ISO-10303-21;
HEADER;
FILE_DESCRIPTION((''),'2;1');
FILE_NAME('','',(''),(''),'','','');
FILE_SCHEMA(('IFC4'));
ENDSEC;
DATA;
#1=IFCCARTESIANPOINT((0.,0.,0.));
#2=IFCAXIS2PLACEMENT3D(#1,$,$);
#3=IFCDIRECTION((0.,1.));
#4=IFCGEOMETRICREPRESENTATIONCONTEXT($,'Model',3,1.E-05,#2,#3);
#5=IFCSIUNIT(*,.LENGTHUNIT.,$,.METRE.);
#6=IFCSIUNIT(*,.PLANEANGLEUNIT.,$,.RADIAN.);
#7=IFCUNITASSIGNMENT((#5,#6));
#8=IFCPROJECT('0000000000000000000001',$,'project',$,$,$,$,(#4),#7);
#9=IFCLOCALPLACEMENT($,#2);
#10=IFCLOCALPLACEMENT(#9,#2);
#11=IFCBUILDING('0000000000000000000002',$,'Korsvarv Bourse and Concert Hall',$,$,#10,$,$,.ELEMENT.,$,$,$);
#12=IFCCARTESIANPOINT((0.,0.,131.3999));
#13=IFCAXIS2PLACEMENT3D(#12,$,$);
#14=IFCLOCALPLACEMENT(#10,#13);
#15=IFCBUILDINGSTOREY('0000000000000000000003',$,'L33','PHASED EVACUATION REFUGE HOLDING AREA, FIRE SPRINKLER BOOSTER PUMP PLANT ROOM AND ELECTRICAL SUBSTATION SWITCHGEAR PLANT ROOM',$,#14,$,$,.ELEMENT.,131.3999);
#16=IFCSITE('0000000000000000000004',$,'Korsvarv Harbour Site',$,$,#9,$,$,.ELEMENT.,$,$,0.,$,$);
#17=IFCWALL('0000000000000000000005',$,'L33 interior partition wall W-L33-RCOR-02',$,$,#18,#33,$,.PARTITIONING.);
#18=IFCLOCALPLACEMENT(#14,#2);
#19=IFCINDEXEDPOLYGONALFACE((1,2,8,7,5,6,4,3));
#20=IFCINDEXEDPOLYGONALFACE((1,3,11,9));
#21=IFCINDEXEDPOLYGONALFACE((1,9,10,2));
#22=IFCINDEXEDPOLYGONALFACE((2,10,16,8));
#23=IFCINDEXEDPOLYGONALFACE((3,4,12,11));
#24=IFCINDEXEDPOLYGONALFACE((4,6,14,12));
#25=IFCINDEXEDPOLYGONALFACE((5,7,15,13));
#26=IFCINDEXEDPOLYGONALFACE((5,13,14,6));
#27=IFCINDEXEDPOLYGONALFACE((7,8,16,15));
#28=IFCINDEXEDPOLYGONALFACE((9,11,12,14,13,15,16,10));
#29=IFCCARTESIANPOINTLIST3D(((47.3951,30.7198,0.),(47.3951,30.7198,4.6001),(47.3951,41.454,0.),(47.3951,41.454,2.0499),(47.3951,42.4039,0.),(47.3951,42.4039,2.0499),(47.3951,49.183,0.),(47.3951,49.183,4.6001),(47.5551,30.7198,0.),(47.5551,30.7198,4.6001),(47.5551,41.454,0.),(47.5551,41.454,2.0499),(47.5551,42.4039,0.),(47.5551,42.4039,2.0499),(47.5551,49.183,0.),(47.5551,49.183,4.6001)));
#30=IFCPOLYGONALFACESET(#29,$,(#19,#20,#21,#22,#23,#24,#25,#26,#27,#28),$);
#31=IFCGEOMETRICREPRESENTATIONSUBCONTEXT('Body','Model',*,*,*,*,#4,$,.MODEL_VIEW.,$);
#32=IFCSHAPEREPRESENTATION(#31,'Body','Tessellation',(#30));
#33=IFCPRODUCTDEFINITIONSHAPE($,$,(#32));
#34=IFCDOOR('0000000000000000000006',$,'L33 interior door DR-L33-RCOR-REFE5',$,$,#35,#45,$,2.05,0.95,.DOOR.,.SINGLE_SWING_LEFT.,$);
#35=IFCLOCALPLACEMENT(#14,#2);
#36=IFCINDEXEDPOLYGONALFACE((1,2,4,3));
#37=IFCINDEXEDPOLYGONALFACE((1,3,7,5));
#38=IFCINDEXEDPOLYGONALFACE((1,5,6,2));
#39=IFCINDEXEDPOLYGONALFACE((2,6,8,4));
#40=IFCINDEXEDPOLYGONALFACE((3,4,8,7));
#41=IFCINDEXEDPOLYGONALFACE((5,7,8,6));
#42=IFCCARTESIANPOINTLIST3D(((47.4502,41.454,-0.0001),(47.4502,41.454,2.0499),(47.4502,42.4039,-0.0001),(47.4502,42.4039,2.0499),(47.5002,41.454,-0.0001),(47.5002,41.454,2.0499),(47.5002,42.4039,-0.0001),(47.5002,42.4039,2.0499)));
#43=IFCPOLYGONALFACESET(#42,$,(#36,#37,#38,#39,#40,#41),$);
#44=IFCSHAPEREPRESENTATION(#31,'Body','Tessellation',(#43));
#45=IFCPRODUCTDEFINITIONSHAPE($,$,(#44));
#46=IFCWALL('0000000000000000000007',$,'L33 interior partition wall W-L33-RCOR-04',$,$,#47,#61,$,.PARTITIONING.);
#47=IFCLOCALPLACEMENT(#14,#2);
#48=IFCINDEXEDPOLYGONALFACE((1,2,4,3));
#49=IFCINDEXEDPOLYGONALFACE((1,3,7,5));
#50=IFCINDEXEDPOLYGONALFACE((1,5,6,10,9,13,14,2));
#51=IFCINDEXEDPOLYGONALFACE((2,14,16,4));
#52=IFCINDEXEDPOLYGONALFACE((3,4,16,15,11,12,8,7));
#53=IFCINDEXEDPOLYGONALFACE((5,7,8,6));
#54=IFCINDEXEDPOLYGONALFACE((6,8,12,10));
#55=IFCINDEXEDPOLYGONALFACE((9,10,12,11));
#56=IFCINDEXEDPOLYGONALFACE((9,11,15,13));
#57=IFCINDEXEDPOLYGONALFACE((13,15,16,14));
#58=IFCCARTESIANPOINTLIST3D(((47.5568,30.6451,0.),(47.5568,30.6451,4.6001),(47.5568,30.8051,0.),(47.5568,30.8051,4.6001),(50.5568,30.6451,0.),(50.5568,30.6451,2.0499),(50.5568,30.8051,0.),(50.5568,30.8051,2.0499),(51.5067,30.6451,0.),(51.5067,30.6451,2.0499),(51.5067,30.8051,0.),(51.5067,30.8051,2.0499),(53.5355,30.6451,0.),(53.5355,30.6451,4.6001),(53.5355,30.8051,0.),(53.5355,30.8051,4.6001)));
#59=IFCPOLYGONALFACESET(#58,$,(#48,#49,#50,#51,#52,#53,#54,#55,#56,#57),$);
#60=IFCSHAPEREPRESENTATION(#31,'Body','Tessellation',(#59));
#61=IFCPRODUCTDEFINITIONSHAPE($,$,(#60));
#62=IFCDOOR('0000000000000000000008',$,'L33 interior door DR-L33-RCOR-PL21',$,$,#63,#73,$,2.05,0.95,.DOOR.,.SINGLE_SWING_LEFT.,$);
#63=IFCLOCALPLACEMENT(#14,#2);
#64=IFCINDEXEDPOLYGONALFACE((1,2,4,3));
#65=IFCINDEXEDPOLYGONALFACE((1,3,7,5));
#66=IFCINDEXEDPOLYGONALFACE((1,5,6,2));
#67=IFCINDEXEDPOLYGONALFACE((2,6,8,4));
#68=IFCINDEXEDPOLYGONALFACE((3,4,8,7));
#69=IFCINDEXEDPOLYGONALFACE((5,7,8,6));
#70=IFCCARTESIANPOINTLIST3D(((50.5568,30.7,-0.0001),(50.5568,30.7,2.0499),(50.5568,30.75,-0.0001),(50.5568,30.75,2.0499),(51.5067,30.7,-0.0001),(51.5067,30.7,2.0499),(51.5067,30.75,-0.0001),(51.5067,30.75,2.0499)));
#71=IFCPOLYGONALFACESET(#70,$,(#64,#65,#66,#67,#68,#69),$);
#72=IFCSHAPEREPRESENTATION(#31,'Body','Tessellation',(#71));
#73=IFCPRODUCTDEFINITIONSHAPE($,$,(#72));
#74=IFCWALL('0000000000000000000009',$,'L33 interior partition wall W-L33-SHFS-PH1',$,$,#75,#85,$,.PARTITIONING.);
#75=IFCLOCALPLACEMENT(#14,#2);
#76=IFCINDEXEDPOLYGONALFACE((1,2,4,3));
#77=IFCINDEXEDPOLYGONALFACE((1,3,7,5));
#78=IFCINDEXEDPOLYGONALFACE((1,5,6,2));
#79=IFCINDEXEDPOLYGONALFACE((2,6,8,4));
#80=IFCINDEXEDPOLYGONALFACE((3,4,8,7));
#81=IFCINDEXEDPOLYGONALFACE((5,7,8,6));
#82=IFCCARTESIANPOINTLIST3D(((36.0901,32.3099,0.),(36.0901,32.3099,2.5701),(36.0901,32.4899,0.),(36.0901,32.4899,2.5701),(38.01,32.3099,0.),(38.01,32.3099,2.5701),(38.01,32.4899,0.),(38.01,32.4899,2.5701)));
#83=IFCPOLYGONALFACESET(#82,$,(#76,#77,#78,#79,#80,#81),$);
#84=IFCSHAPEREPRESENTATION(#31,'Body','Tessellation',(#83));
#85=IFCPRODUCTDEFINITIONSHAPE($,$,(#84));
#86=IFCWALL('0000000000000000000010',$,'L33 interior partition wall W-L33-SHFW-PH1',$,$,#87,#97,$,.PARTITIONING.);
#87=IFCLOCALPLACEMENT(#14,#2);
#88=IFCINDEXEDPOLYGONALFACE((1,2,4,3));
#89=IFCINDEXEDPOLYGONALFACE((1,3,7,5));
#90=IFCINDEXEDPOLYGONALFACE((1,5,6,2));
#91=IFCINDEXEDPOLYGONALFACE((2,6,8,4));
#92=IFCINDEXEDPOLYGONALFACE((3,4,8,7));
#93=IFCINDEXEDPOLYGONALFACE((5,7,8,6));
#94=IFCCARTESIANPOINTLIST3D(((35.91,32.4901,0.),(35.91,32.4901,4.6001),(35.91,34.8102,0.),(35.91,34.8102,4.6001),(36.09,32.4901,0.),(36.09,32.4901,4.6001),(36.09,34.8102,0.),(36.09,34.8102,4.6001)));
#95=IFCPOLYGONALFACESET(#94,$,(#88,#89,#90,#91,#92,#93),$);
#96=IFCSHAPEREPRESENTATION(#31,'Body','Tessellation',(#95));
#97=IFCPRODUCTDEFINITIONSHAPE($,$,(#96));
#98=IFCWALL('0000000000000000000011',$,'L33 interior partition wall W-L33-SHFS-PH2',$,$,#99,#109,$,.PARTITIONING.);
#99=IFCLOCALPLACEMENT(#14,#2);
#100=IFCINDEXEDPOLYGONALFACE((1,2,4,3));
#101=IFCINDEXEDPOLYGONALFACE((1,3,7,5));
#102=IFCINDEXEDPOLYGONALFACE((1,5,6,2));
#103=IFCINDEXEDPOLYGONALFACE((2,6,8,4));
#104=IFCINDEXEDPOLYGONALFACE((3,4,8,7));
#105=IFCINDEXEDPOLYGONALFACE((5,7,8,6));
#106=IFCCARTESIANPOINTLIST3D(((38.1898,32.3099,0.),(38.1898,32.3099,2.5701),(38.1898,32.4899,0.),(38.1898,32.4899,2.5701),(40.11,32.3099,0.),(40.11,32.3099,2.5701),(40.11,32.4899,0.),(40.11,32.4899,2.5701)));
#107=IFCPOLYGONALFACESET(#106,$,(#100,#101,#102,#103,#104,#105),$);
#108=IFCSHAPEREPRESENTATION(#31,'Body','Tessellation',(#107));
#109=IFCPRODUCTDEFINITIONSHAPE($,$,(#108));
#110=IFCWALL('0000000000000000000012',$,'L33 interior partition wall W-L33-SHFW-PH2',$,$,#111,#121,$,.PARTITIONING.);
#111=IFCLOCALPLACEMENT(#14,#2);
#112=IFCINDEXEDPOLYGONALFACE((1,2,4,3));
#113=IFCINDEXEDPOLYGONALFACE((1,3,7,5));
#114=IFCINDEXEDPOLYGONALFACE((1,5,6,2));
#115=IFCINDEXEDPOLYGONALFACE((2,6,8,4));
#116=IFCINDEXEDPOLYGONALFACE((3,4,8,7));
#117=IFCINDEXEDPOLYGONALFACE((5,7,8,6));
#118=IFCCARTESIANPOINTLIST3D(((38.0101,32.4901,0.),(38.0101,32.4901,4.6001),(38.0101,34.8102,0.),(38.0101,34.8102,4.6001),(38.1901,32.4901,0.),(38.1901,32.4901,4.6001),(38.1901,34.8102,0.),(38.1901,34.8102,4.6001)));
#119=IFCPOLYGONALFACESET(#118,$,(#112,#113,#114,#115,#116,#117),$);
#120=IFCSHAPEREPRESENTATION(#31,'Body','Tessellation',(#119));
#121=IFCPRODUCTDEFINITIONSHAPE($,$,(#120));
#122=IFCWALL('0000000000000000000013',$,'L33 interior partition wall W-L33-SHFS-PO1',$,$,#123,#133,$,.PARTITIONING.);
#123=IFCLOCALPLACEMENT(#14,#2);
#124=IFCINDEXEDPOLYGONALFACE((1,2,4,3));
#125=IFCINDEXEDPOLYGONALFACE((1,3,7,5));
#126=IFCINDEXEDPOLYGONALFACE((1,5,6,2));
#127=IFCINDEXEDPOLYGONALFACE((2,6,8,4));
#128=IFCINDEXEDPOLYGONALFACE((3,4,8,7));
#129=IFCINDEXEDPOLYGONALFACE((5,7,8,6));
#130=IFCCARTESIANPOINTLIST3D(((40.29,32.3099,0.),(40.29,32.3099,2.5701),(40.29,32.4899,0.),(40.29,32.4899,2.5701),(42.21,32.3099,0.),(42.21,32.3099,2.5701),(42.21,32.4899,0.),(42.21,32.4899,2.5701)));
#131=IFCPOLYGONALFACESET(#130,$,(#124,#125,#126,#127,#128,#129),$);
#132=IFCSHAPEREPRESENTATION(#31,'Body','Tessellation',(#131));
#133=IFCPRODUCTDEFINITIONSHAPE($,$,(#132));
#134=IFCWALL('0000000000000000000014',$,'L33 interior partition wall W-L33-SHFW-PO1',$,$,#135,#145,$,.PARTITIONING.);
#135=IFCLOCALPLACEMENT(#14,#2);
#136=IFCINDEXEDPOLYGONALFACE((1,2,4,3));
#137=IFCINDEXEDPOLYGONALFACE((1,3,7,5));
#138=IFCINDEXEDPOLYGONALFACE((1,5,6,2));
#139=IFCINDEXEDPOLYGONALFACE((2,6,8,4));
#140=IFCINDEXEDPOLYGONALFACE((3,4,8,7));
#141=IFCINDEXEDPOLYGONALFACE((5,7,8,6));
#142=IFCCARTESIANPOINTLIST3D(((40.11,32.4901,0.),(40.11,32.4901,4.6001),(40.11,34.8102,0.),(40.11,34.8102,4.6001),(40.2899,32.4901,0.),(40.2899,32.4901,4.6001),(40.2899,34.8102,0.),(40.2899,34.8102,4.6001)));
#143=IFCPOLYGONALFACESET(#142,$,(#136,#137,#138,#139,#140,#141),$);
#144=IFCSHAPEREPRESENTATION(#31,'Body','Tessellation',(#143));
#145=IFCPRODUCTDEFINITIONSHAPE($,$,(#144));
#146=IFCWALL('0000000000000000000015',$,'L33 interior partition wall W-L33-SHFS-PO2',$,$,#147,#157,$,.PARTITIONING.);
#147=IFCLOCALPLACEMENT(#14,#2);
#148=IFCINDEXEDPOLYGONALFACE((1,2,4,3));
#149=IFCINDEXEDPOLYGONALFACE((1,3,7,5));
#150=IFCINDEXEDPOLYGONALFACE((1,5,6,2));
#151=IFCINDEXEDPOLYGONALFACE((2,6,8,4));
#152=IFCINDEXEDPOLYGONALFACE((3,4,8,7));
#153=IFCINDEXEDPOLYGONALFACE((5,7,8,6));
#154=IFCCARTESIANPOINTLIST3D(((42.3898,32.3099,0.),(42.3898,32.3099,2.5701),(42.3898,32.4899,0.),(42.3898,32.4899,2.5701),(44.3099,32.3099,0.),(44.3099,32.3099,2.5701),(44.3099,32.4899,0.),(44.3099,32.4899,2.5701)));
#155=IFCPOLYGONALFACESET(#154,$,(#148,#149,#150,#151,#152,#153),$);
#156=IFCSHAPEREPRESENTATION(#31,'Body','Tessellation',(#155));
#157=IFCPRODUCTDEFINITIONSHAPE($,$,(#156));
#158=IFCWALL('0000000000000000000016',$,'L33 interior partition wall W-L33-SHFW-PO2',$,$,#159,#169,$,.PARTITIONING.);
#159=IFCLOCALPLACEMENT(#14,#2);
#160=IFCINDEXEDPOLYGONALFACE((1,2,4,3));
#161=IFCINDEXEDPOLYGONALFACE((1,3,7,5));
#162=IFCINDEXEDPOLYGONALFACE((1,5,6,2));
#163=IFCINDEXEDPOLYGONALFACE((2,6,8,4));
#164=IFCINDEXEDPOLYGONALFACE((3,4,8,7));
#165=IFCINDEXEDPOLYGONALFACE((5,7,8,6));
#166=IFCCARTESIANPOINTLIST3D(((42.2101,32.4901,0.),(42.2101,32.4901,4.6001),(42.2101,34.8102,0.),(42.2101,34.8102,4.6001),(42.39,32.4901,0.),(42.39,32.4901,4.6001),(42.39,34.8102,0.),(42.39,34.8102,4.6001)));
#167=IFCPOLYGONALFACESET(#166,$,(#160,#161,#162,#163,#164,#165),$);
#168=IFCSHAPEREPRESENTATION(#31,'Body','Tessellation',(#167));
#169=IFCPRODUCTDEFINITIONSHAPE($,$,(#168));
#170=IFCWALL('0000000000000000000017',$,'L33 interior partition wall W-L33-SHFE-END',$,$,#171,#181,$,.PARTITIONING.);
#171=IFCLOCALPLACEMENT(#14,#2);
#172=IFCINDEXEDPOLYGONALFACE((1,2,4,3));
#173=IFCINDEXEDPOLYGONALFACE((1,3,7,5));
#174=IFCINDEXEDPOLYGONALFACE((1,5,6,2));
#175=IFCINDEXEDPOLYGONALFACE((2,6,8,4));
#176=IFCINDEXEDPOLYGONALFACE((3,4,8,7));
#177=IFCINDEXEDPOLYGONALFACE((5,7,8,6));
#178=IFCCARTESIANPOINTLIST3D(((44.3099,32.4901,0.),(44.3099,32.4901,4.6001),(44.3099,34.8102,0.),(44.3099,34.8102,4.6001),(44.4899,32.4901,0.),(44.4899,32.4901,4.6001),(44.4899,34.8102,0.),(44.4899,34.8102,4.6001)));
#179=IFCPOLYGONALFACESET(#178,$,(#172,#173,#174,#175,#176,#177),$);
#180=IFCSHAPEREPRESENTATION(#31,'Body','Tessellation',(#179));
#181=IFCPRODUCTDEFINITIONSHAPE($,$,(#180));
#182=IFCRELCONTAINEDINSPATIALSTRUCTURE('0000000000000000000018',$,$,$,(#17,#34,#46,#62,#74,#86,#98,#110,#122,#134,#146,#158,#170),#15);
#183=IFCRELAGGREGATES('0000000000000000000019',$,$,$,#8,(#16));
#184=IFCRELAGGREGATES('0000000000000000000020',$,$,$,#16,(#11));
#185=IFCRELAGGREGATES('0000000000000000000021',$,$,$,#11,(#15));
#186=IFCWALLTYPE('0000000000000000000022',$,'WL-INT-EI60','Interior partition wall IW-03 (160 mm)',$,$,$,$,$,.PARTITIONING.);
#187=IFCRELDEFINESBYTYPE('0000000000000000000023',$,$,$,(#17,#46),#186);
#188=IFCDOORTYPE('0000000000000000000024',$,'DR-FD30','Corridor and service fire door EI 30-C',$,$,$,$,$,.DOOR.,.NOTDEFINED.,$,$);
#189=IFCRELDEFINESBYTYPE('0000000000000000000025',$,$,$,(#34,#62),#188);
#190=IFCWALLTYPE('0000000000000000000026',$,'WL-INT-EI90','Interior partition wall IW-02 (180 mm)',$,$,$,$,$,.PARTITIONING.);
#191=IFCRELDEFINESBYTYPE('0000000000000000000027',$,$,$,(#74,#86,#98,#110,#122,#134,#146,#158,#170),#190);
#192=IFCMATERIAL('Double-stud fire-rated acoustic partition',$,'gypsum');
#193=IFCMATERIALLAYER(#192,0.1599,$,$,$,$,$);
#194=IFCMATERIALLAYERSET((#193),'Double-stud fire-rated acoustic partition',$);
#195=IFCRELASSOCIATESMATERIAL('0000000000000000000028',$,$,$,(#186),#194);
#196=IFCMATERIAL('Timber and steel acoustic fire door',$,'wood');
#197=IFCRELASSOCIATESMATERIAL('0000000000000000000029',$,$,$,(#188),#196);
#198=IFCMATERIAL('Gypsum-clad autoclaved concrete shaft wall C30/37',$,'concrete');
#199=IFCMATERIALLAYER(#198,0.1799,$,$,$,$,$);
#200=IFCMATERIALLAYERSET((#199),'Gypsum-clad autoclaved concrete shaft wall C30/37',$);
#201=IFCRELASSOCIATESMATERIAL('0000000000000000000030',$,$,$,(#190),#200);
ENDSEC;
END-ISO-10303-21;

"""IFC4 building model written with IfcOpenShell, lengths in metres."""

from ifc_helpers import new_model, si_unit, direction, frame, frame_2d, origin, place, context, subcontext, project, spatial, rectangle, extrude, material, layer, layer_set, type_object, element, fill, save


model = new_model("IFC4")

# Units and contexts
model_context = context("Model", 3, precision=1e-05, world=origin(), true_north=direction((0.0, 1.0)))
body_context = subcontext(model_context, "Body", "Model", "MODEL_VIEW")
ifc_project = project(units=[si_unit("LENGTHUNIT", "METRE"), si_unit("PLANEANGLEUNIT", "RADIAN")], contexts=[model_context])

# Site, building, storey
site_placement = place(None, origin())
site = spatial("IfcSite", under=ifc_project, at=site_placement, Name="Korsvarv Harbour Site", CompositionType="ELEMENT", RefElevation=0.0)
building_placement = place(site_placement, origin())
building = spatial("IfcBuilding", under=site, at=building_placement, Name="Korsvarv Bourse and Concert Hall", CompositionType="ELEMENT")
storey_placement = place(building_placement, frame((0.0, 0.0, 131.3999)))
storey = spatial("IfcBuildingStorey", under=building, at=storey_placement, Name="L33", Description="PHASED EVACUATION REFUGE HOLDING AREA, FIRE SPRINKLER BOOSTER PUMP PLANT ROOM AND ELECTRICAL SUBSTATION SWITCHGEAR PLANT ROOM", CompositionType="ELEMENT", Elevation=131.3999)

# Walls, openings, doors
ifc_material_1 = material(Name="Double-stud fire-rated acoustic partition", Category="gypsum")
ifc_layer_1 = layer(ifc_material_1, 0.1599)
ifc_layer_set_1 = layer_set([ifc_layer_1], Name="Double-stud fire-rated acoustic partition")
wall_type_1 = type_object("IfcWallType", Name="WL-INT-EI60", Description="Interior partition wall IW-03 (160 mm)", PredefinedType="PARTITIONING", material=ifc_layer_set_1)
wall_1_placement = place(storey_placement, frame((47.4751, 30.72, 0.0), z_axis=(0.0, 0.0, 1.0), x_axis=(0.0, 1.0, 0.0)))
wall_1 = element("IfcWall", 1, at=wall_1_placement, inside=storey, type_object=wall_type_1, Name="L33 interior partition wall W-L33-RCOR-02", PredefinedType="PARTITIONING", context=body_context, shape_type="SweptSolid", body=[
    extrude(rectangle(XDim=18.4631, YDim=0.1599, at=frame_2d((9.2314, 0.0))), origin(), (0.0, 0.0, 1.0), 4.6001),
])
opening_1_placement = place(wall_1_placement, frame((10.7339, 0.0, 0.0)))
opening_1 = element("IfcOpeningElement", 2, at=opening_1_placement, cuts=wall_1, PredefinedType="OPENING", context=body_context, shape_type="SweptSolid", body=[
    extrude(rectangle(XDim=0.95, YDim=2.05, at=frame_2d((0.4751, 1.0249))), frame((0.0, 0.0898, 0.0), z_axis=(0.0, -1.0, 0.0), x_axis=(1.0, 0.0, 0.0)), (0.0, 0.0, 1.0), 0.1799),
])
ifc_material_2 = material(Name="Timber and steel acoustic fire door", Category="wood")
door_type = type_object("IfcDoorType", Name="DR-FD30", Description="Corridor and service fire door EI 30-C", OperationType="NOTDEFINED", PredefinedType="DOOR", material=ifc_material_2)
door_1_placement = place(opening_1_placement, origin())
door_1 = element("IfcDoor", 3, at=door_1_placement, inside=storey, type_object=door_type, Name="L33 interior door DR-L33-RCOR-REFE5", OperationType="SINGLE_SWING_LEFT", OverallHeight=2.05, OverallWidth=0.95, PredefinedType="DOOR", context=body_context, shape_type="SweptSolid", body=[
    extrude(rectangle(XDim=0.95, YDim=2.05, at=frame_2d((0.4751, 1.0249))), frame((0.0, 0.0249, 0.0), z_axis=(0.0, -1.0, 0.0), x_axis=(1.0, 0.0, 0.0)), (0.0, 0.0, 1.0), 0.05),
])
fill(opening_1, door_1)
wall_2_placement = place(storey_placement, frame((47.5569, 30.7251, 0.0), z_axis=(0.0, 0.0, 1.0), x_axis=(1.0, 0.0, 0.0)))
wall_2 = element("IfcWall", 4, at=wall_2_placement, inside=storey, type_object=wall_type_1, Name="L33 interior partition wall W-L33-RCOR-04", PredefinedType="PARTITIONING", context=body_context, shape_type="SweptSolid", body=[
    extrude(rectangle(XDim=5.9788, YDim=0.1599, at=frame_2d((2.9893, 0.0))), origin(), (0.0, 0.0, 1.0), 4.6001),
])
opening_2_placement = place(wall_2_placement, frame((2.9998, 0.0, 0.0)))
opening_2 = element("IfcOpeningElement", 5, at=opening_2_placement, cuts=wall_2, PredefinedType="OPENING", context=body_context, shape_type="SweptSolid", body=[
    extrude(rectangle(XDim=0.95, YDim=2.05, at=frame_2d((0.4751, 1.0249))), frame((0.0, 0.0898, 0.0), z_axis=(0.0, -1.0, 0.0), x_axis=(1.0, 0.0, 0.0)), (0.0, 0.0, 1.0), 0.1799),
])
door_2_placement = place(opening_2_placement, origin())
door_2 = element("IfcDoor", 6, at=door_2_placement, inside=storey, type_object=door_type, Name="L33 interior door DR-L33-RCOR-PL21", OperationType="SINGLE_SWING_LEFT", OverallHeight=2.05, OverallWidth=0.95, PredefinedType="DOOR", context=body_context, shape_type="SweptSolid", body=[
    extrude(rectangle(XDim=0.95, YDim=2.05, at=frame_2d((0.4751, 1.0249))), frame((0.0, 0.0249, 0.0), z_axis=(0.0, -1.0, 0.0), x_axis=(1.0, 0.0, 0.0)), (0.0, 0.0, 1.0), 0.05),
])
fill(opening_2, door_2)

# Walls
ifc_material_3 = material(Name="Gypsum-clad autoclaved concrete shaft wall C30/37", Category="concrete")
ifc_layer_2 = layer(ifc_material_3, 0.1799)
ifc_layer_set_2 = layer_set([ifc_layer_2], Name="Gypsum-clad autoclaved concrete shaft wall C30/37")
wall_type_2 = type_object("IfcWallType", Name="WL-INT-EI90", Description="Interior partition wall IW-02 (180 mm)", PredefinedType="PARTITIONING", material=ifc_layer_set_2)
wall_3_placement = place(storey_placement, frame((36.0901, 32.3999, 0.0), z_axis=(0.0, 0.0, 1.0), x_axis=(1.0, 0.0, 0.0)))
element("IfcWall", 7, at=wall_3_placement, inside=storey, type_object=wall_type_2, Name="L33 interior partition wall W-L33-SHFS-PH1", PredefinedType="PARTITIONING", context=body_context, shape_type="SweptSolid", body=[
    extrude(rectangle(XDim=1.9199, YDim=0.1799, at=frame_2d((0.96, 0.0))), origin(), (0.0, 0.0, 1.0), 2.5701),
])
wall_4_placement = place(storey_placement, frame((36.0, 32.49, 0.0), z_axis=(0.0, 0.0, 1.0), x_axis=(0.0, 1.0, 0.0)))
element("IfcWall", 8, at=wall_4_placement, inside=storey, type_object=wall_type_2, Name="L33 interior partition wall W-L33-SHFW-PH1", PredefinedType="PARTITIONING", context=body_context, shape_type="SweptSolid", body=[
    extrude(rectangle(XDim=2.3201, YDim=0.1799, at=frame_2d((1.1602, 0.0))), origin(), (0.0, 0.0, 1.0), 4.6001),
])
wall_5_placement = place(storey_placement, frame((38.1899, 32.3999, 0.0), z_axis=(0.0, 0.0, 1.0), x_axis=(1.0, 0.0, 0.0)))
element("IfcWall", 9, at=wall_5_placement, inside=storey, type_object=wall_type_2, Name="L33 interior partition wall W-L33-SHFS-PH2", PredefinedType="PARTITIONING", context=body_context, shape_type="SweptSolid", body=[
    extrude(rectangle(XDim=1.9202, YDim=0.1799, at=frame_2d((0.96, 0.0))), origin(), (0.0, 0.0, 1.0), 2.5701),
])
wall_6_placement = place(storey_placement, frame((38.1001, 32.49, 0.0), z_axis=(0.0, 0.0, 1.0), x_axis=(0.0, 1.0, 0.0)))
element("IfcWall", 10, at=wall_6_placement, inside=storey, type_object=wall_type_2, Name="L33 interior partition wall W-L33-SHFW-PH2", PredefinedType="PARTITIONING", context=body_context, shape_type="SweptSolid", body=[
    extrude(rectangle(XDim=2.3201, YDim=0.1799, at=frame_2d((1.1602, 0.0))), origin(), (0.0, 0.0, 1.0), 4.6001),
])
wall_7_placement = place(storey_placement, frame((40.29, 32.3999, 0.0), z_axis=(0.0, 0.0, 1.0), x_axis=(1.0, 0.0, 0.0)))
element("IfcWall", 11, at=wall_7_placement, inside=storey, type_object=wall_type_2, Name="L33 interior partition wall W-L33-SHFS-PO1", PredefinedType="PARTITIONING", context=body_context, shape_type="SweptSolid", body=[
    extrude(rectangle(XDim=1.9199, YDim=0.1799, at=frame_2d((0.96, 0.0))), origin(), (0.0, 0.0, 1.0), 2.5701),
])
wall_8_placement = place(storey_placement, frame((40.2, 32.49, 0.0), z_axis=(0.0, 0.0, 1.0), x_axis=(0.0, 1.0, 0.0)))
element("IfcWall", 12, at=wall_8_placement, inside=storey, type_object=wall_type_2, Name="L33 interior partition wall W-L33-SHFW-PO1", PredefinedType="PARTITIONING", context=body_context, shape_type="SweptSolid", body=[
    extrude(rectangle(XDim=2.3201, YDim=0.1799, at=frame_2d((1.1602, 0.0))), origin(), (0.0, 0.0, 1.0), 4.6001),
])
wall_9_placement = place(storey_placement, frame((42.3899, 32.3999, 0.0), z_axis=(0.0, 0.0, 1.0), x_axis=(1.0, 0.0, 0.0)))
element("IfcWall", 13, at=wall_9_placement, inside=storey, type_object=wall_type_2, Name="L33 interior partition wall W-L33-SHFS-PO2", PredefinedType="PARTITIONING", context=body_context, shape_type="SweptSolid", body=[
    extrude(rectangle(XDim=1.9202, YDim=0.1799, at=frame_2d((0.96, 0.0))), origin(), (0.0, 0.0, 1.0), 2.5701),
])
for number, where, z_axis, x_axis, name in (
    (14, (42.3, 32.49, 0.0), (0.0, 0.0, 1.0), (0.0, 1.0, 0.0), "L33 interior partition wall W-L33-SHFW-PO2"),
    (15, (44.3999, 32.49, 0.0), (0.0, 0.0, 1.0), (0.0, 1.0, 0.0), "L33 interior partition wall W-L33-SHFE-END"),
):
    element("IfcWall", number, at=place(storey_placement, frame(where, z_axis=z_axis, x_axis=x_axis)), inside=storey, type_object=wall_type_2, Name=name, PredefinedType="PARTITIONING", context=body_context, shape_type="SweptSolid", body=[
        extrude(rectangle(XDim=2.3201, YDim=0.1799, at=frame_2d((1.1602, 0.0))), origin(), (0.0, 0.0, 1.0), 4.6001),
    ])

save(model, "model.ifc")
